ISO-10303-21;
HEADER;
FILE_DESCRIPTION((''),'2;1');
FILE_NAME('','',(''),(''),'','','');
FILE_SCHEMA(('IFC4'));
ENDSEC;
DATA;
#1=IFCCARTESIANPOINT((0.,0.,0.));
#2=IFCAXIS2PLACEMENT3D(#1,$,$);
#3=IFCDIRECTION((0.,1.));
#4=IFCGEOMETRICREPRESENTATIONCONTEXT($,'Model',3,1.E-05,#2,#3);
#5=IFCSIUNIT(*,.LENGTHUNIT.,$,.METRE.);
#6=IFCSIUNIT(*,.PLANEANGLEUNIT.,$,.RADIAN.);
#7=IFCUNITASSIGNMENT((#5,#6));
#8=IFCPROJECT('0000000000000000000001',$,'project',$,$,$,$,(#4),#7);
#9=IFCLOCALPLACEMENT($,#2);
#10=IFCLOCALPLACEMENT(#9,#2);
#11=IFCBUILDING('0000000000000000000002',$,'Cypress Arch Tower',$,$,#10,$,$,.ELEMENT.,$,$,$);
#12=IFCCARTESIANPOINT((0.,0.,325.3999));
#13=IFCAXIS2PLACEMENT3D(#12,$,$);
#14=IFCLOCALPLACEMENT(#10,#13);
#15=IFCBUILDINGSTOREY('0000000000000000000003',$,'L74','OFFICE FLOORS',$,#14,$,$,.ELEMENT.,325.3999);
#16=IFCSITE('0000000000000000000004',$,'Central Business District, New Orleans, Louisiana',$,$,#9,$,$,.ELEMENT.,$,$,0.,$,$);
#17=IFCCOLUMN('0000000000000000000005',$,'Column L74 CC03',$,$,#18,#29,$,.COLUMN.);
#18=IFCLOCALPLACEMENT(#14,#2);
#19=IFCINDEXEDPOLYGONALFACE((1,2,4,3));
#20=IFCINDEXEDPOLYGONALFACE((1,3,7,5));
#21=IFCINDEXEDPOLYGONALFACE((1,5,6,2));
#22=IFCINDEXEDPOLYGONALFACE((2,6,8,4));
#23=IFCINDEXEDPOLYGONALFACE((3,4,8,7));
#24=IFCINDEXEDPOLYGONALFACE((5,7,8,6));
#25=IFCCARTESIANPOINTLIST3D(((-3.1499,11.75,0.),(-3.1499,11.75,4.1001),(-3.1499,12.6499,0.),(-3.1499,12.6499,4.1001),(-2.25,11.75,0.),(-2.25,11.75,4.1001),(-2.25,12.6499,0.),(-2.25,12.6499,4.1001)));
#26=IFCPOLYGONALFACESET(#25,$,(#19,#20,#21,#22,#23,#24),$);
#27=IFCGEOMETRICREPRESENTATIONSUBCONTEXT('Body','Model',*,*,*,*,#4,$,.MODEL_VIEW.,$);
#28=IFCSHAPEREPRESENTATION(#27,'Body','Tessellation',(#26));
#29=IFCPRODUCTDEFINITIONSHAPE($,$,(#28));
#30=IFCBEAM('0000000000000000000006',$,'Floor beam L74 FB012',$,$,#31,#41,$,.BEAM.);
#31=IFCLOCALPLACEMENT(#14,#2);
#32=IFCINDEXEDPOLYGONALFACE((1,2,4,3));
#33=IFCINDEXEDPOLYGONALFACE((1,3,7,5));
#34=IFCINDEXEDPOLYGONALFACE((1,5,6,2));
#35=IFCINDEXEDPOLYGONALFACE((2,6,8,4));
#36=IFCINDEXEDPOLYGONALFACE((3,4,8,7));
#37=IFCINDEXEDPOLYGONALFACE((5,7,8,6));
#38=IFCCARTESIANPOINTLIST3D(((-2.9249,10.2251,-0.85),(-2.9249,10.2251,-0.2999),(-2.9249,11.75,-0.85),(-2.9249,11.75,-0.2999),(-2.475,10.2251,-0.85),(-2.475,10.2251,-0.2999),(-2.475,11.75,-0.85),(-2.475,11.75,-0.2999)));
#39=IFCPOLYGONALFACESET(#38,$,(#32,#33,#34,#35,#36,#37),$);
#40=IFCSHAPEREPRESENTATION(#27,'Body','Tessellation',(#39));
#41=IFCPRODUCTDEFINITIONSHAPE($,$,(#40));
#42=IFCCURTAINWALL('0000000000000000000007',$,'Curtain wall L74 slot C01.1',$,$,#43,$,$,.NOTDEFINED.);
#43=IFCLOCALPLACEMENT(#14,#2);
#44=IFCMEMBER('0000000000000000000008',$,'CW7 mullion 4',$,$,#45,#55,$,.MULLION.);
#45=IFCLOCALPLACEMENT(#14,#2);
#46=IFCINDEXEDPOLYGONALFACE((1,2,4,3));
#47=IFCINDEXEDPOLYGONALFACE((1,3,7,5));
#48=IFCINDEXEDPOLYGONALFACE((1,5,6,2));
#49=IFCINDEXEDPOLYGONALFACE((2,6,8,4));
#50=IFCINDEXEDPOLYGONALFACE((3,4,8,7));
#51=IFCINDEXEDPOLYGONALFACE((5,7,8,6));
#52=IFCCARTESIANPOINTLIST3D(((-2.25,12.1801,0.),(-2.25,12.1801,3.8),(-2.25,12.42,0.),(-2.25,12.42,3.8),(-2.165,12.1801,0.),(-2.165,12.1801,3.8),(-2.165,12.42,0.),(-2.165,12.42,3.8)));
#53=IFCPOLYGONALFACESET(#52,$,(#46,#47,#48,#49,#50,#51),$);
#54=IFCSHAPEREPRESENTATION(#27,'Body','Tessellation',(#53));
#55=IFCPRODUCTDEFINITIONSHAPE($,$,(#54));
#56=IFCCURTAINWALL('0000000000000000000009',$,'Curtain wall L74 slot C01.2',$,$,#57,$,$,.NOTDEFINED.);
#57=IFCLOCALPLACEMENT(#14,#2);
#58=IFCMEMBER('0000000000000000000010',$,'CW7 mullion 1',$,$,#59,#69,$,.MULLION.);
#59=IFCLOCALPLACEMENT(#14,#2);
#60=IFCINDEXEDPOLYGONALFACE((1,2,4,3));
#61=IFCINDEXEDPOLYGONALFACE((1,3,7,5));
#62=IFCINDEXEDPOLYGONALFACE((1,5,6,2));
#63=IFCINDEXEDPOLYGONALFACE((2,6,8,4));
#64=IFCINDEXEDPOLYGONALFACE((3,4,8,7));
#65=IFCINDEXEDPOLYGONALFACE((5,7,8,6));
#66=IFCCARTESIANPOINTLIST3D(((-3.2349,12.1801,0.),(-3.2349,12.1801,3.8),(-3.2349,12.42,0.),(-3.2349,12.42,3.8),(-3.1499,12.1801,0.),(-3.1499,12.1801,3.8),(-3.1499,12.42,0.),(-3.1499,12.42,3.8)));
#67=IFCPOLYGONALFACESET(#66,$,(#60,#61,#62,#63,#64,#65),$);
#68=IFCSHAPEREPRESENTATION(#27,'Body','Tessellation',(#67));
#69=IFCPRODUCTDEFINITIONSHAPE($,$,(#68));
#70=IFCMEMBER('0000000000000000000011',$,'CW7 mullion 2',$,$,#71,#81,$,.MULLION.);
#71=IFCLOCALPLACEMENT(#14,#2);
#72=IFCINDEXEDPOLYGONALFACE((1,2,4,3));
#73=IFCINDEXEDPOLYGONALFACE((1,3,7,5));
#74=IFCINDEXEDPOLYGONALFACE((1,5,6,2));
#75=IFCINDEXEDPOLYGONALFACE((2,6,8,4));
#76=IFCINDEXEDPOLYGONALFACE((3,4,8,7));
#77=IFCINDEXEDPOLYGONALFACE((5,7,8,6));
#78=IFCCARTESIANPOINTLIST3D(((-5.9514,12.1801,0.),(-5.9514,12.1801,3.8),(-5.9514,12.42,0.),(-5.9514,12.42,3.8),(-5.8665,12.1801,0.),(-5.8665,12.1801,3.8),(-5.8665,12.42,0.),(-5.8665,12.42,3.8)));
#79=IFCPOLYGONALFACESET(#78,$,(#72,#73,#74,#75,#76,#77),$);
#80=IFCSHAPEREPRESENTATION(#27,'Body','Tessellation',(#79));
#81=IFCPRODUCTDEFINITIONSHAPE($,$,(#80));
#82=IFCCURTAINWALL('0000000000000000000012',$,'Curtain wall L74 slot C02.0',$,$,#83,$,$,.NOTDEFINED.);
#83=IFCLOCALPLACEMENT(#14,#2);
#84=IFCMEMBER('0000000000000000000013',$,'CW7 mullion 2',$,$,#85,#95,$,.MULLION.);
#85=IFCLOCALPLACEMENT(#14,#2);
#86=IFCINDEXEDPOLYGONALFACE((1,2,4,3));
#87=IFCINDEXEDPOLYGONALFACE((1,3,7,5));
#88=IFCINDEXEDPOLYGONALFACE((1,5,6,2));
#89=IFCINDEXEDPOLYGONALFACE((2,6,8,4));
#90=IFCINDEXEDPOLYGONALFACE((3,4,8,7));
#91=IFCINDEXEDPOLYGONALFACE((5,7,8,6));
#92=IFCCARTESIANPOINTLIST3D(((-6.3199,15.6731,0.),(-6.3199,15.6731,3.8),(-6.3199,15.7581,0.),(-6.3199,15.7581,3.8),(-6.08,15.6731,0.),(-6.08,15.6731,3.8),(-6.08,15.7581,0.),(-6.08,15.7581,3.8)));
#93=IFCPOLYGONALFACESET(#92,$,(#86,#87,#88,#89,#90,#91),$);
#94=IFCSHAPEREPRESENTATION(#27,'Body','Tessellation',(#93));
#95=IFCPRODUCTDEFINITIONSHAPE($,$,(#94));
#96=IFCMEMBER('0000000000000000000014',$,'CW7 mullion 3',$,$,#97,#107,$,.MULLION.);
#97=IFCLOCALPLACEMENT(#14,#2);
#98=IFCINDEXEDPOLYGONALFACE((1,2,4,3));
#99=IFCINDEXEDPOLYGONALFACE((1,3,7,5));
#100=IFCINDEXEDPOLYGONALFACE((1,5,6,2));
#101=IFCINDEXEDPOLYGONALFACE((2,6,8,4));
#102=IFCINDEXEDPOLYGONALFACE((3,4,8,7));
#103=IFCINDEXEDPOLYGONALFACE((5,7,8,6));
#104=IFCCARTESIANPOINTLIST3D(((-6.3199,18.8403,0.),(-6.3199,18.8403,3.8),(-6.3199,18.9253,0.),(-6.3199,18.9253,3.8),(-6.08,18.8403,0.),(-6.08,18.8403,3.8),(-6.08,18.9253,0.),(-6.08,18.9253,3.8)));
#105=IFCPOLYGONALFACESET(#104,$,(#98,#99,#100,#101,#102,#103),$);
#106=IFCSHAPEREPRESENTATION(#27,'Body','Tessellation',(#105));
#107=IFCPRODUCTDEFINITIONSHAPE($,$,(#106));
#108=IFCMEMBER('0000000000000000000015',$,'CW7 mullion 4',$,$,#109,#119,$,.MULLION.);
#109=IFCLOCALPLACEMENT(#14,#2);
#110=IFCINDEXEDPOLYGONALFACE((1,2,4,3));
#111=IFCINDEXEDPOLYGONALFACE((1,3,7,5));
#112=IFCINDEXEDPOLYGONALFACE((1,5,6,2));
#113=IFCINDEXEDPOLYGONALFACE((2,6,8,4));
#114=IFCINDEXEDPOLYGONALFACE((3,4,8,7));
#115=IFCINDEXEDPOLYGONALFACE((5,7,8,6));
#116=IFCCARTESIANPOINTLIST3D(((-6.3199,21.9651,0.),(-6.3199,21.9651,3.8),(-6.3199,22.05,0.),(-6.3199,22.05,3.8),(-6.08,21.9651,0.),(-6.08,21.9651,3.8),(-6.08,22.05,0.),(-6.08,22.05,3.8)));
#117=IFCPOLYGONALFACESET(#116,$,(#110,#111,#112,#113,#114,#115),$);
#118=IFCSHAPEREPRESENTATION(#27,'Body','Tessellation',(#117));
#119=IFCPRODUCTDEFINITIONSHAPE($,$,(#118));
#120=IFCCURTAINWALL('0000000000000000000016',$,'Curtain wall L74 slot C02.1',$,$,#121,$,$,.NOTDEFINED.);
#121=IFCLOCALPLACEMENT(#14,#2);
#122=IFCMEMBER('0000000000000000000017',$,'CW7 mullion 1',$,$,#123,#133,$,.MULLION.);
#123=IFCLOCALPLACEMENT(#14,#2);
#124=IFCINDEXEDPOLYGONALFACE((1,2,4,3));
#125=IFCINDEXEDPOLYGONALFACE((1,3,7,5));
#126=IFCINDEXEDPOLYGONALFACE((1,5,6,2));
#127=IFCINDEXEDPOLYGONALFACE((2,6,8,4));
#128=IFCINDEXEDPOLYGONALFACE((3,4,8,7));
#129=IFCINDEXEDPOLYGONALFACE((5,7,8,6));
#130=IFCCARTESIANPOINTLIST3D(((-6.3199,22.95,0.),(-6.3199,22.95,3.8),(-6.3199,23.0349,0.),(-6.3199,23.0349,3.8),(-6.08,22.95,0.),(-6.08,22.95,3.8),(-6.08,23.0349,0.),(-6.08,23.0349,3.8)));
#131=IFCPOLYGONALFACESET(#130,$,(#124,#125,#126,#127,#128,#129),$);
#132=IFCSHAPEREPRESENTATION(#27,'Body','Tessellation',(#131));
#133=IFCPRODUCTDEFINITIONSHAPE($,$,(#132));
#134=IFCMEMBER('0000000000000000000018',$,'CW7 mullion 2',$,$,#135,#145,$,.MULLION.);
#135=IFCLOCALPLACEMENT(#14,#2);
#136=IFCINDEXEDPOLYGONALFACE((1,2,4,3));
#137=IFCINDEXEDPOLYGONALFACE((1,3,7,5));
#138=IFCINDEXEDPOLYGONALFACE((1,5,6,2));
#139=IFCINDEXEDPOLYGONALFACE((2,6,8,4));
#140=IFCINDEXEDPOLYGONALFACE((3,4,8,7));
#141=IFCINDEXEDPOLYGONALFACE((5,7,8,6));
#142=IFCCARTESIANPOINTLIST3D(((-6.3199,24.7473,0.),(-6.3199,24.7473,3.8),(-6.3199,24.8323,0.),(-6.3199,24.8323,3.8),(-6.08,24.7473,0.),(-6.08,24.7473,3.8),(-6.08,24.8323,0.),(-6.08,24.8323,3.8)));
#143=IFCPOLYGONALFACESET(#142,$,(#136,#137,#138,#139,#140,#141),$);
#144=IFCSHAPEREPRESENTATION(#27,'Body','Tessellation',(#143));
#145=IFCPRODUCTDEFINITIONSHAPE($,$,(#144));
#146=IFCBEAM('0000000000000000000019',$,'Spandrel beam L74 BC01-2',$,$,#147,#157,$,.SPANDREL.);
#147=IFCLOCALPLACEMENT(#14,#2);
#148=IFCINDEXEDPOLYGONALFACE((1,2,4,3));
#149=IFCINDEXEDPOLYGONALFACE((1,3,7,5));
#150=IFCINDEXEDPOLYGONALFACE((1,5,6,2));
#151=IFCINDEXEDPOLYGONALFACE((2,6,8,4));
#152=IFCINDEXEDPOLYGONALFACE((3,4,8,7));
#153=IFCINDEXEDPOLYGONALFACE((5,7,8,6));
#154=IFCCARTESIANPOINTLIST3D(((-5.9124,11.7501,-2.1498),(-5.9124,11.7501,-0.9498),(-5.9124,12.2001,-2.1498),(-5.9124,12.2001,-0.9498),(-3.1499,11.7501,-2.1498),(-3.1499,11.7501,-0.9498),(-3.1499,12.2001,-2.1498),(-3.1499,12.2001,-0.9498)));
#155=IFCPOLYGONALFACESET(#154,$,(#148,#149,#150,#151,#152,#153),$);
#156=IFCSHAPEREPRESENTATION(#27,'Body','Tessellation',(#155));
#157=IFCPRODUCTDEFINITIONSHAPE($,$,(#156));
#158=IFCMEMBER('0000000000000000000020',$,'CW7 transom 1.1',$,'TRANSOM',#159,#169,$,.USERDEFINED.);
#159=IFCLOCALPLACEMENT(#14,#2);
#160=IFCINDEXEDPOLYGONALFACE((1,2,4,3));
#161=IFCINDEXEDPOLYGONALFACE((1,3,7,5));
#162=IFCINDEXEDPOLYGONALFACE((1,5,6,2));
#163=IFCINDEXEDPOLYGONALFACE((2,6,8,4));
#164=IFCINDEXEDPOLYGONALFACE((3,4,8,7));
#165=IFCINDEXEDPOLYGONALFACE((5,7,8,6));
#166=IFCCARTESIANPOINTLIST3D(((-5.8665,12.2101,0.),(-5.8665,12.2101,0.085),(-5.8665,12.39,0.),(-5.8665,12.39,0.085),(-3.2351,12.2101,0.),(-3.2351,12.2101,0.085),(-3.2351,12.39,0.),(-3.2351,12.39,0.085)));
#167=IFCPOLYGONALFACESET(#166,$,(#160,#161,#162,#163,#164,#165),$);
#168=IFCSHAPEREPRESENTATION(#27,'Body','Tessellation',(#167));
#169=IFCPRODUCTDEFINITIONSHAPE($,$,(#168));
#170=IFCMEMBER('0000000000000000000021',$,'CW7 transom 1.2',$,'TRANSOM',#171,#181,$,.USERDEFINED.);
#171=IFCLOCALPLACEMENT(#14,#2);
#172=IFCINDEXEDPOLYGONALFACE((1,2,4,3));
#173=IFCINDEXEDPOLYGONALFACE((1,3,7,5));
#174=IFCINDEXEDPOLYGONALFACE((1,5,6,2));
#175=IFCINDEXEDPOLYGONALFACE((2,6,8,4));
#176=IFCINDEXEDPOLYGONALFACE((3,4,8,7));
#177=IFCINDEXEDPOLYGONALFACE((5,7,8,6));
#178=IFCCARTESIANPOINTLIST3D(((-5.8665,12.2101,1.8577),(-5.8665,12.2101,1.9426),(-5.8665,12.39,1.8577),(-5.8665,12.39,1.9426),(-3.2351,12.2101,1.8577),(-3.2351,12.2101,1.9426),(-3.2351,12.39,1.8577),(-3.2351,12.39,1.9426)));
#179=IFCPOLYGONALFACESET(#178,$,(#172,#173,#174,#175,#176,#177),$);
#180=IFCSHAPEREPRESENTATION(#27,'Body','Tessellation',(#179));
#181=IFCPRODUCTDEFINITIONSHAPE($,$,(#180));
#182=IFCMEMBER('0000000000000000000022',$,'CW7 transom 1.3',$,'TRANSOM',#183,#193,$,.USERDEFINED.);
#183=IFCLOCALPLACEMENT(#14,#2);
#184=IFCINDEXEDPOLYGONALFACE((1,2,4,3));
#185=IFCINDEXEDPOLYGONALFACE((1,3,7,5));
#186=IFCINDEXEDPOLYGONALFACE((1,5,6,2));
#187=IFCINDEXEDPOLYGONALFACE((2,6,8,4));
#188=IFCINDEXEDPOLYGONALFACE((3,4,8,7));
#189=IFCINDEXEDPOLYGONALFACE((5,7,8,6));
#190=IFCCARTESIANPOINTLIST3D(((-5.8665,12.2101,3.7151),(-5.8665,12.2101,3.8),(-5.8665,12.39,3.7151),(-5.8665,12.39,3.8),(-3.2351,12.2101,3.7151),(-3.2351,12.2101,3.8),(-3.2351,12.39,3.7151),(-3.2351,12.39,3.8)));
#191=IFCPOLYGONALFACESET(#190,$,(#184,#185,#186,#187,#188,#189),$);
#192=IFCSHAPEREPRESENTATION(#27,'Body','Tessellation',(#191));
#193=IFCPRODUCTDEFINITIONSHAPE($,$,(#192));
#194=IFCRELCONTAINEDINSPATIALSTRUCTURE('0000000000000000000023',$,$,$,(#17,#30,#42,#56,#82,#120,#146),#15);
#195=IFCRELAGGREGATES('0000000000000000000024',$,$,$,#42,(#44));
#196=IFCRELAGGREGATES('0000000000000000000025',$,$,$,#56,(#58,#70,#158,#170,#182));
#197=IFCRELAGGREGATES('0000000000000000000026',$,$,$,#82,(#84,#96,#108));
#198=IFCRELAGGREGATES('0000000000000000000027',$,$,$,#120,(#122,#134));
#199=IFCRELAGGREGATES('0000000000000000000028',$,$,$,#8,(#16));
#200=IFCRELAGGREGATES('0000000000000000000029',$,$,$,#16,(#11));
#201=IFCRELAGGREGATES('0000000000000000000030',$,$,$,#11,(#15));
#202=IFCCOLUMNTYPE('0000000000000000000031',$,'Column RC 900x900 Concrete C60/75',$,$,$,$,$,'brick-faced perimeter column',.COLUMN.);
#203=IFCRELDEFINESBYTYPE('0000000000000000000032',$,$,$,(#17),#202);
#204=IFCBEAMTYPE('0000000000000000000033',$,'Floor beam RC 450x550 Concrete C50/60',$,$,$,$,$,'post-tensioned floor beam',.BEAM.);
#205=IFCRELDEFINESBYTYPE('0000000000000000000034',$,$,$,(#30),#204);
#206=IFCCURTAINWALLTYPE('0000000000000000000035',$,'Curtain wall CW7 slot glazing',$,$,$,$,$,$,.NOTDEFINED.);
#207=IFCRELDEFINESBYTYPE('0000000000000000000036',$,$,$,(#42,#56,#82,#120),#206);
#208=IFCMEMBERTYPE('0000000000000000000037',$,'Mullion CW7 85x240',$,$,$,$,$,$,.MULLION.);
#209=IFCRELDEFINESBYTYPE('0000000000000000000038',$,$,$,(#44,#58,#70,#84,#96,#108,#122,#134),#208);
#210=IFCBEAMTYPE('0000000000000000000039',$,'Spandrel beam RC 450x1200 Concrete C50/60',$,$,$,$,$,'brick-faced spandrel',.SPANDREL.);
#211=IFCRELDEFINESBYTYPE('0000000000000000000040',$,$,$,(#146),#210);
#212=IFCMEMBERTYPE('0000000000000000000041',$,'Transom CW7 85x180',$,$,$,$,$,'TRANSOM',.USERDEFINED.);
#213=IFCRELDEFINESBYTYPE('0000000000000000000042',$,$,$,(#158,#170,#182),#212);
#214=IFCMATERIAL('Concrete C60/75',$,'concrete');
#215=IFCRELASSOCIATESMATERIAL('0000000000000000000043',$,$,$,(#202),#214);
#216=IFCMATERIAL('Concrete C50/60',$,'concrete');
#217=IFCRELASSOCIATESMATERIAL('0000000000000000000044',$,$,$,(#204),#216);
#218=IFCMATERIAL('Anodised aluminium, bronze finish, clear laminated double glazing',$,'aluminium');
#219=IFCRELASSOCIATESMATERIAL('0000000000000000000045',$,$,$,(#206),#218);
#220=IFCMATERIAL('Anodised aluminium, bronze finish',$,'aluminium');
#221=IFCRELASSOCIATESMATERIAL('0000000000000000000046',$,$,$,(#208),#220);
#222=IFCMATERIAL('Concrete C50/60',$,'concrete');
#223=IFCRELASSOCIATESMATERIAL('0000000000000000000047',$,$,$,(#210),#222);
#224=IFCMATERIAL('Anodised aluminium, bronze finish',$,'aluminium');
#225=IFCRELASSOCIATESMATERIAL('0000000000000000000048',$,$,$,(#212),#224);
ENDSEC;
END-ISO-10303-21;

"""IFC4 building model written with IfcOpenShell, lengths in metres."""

from ifc_helpers import new_model, si_unit, direction, frame, origin, origin_2d, place, context, subcontext, project, spatial, rectangle, extrude, material, material_profile, profile_set, type_object, element, aggregate, save


model = new_model("IFC4")

# Units and contexts
model_context = context("Model", 3, precision=1e-05, world=origin(), true_north=direction((0.0, 1.0)))
body_context = subcontext(model_context, "Body", "Model", "MODEL_VIEW")
ifc_project = project(units=[si_unit("LENGTHUNIT", "METRE"), si_unit("PLANEANGLEUNIT", "RADIAN")], contexts=[model_context])

# Site, building, storey
site_placement = place(None, origin())
site = spatial("IfcSite", under=ifc_project, at=site_placement, Name="Central Business District, New Orleans, Louisiana", CompositionType="ELEMENT", RefElevation=0.0)
building_placement = place(site_placement, origin())
building = spatial("IfcBuilding", under=site, at=building_placement, Name="Cypress Arch Tower", CompositionType="ELEMENT")
storey_placement = place(building_placement, frame((0.0, 0.0, 325.3999)))
storey = spatial("IfcBuildingStorey", under=building, at=storey_placement, Name="L74", Description="OFFICE FLOORS", CompositionType="ELEMENT", Elevation=325.3999)

# Column
ifc_material_1 = material(Name="Concrete C60/75", Category="concrete")
ifc_material_profile_1 = material_profile(ifc_material_1, rectangle(XDim=0.8999, YDim=0.8999, at=origin_2d()), Name="RC 900x900")
ifc_profile_set_1 = profile_set([ifc_material_profile_1], Name="Concrete C60/75")
column_type = type_object("IfcColumnType", Name="Column RC 900x900 Concrete C60/75", ElementType="brick-faced perimeter column", PredefinedType="COLUMN", material=ifc_profile_set_1)
column_placement = place(storey_placement, frame((-2.7, 12.2, 0.0), z_axis=(0.0, 0.0, 1.0), x_axis=(-1.0, 0.0, 0.0)))
element("IfcColumn", 1, at=column_placement, inside=storey, type_object=column_type, Name="Column L74 CC03", PredefinedType="COLUMN", context=body_context, shape_type="SweptSolid", body=[
    extrude(rectangle(XDim=0.8999, YDim=0.8999, at=origin_2d()), origin(), (0.0, 0.0, 1.0), 4.1001),
])

# Beam
ifc_material_2 = material(Name="Concrete C50/60", Category="concrete")
ifc_material_profile_2 = material_profile(ifc_material_2, rectangle(XDim=0.45, YDim=0.55, at=origin_2d()), Name="RC 450x550")
ifc_profile_set_2 = profile_set([ifc_material_profile_2], Name="Concrete C50/60")
beam_type_1 = type_object("IfcBeamType", Name="Floor beam RC 450x550 Concrete C50/60", ElementType="post-tensioned floor beam", PredefinedType="BEAM", material=ifc_profile_set_2)
beam_1_placement = place(storey_placement, frame((-2.7, 10.2251, -0.575), z_axis=(0.0, 1.0, 0.0), x_axis=(-1.0, 0.0, 0.0)))
element("IfcBeam", 2, at=beam_1_placement, inside=storey, type_object=beam_type_1, Name="Floor beam L74 FB012", PredefinedType="BEAM", context=body_context, shape_type="SweptSolid", body=[
    extrude(rectangle(XDim=0.45, YDim=0.55, at=origin_2d()), origin(), (0.0, 0.0, 1.0), 1.5249),
])

# Curtain wall, member
ifc_material_3 = material(Name="Anodised aluminium, bronze finish, clear laminated double glazing", Category="aluminium")
curtain_wall_type = type_object("IfcCurtainWallType", Name="Curtain wall CW7 slot glazing", PredefinedType="NOTDEFINED", material=ifc_material_3)
curtain_wall_1_placement = place(storey_placement, origin())
curtain_wall_1 = element("IfcCurtainWall", 3, at=curtain_wall_1_placement, inside=storey, type_object=curtain_wall_type, Name="Curtain wall L74 slot C01.1", PredefinedType="NOTDEFINED")
ifc_material_4 = material(Name="Anodised aluminium, bronze finish", Category="aluminium")
ifc_material_profile_3 = material_profile(ifc_material_4, rectangle(XDim=0.24, YDim=0.085, at=origin_2d()), Name="Mullion 85x240")
ifc_profile_set_3 = profile_set([ifc_material_profile_3], Name="Anodised aluminium, bronze finish")
member_type_1 = type_object("IfcMemberType", Name="Mullion CW7 85x240", PredefinedType="MULLION", material=ifc_profile_set_3)
member_1_placement = place(storey_placement, frame((-2.2075, 12.3, 0.0), z_axis=(0.0, 0.0, 1.0), x_axis=(0.0, -1.0, 0.0)))
member_1 = element("IfcMember", 4, at=member_1_placement, type_object=member_type_1, Name="CW7 mullion 4", PredefinedType="MULLION", context=body_context, shape_type="SweptSolid", body=[
    extrude(rectangle(XDim=0.24, YDim=0.085, at=origin_2d()), origin(), (0.0, 0.0, 1.0), 3.8),
])

# Curtain walls, members
curtain_wall_2_placement = place(storey_placement, origin())
curtain_wall_2 = element("IfcCurtainWall", 5, at=curtain_wall_2_placement, inside=storey, type_object=curtain_wall_type, Name="Curtain wall L74 slot C01.2", PredefinedType="NOTDEFINED")
member_2_placement = place(storey_placement, frame((-3.1924, 12.3, 0.0), z_axis=(0.0, 0.0, 1.0), x_axis=(0.0, -1.0, 0.0)))
member_2 = element("IfcMember", 6, at=member_2_placement, type_object=member_type_1, Name="CW7 mullion 1", PredefinedType="MULLION", context=body_context, shape_type="SweptSolid", body=[
    extrude(rectangle(XDim=0.24, YDim=0.085, at=origin_2d()), origin(), (0.0, 0.0, 1.0), 3.8),
])
member_3_placement = place(storey_placement, frame((-5.9089, 12.3, 0.0), z_axis=(0.0, 0.0, 1.0), x_axis=(0.0, -1.0, 0.0)))
member_3 = element("IfcMember", 7, at=member_3_placement, type_object=member_type_1, Name="CW7 mullion 2", PredefinedType="MULLION", context=body_context, shape_type="SweptSolid", body=[
    extrude(rectangle(XDim=0.24, YDim=0.085, at=origin_2d()), origin(), (0.0, 0.0, 1.0), 3.8),
])
curtain_wall_3_placement = place(storey_placement, origin())
curtain_wall_3 = element("IfcCurtainWall", 8, at=curtain_wall_3_placement, inside=storey, type_object=curtain_wall_type, Name="Curtain wall L74 slot C02.0", PredefinedType="NOTDEFINED")
member_4_placement = place(storey_placement, frame((-6.2, 15.7156, 0.0), z_axis=(0.0, 0.0, 1.0), x_axis=(-1.0, 0.0, 0.0)))
member_4 = element("IfcMember", 9, at=member_4_placement, type_object=member_type_1, Name="CW7 mullion 2", PredefinedType="MULLION", context=body_context, shape_type="SweptSolid", body=[
    extrude(rectangle(XDim=0.24, YDim=0.085, at=origin_2d()), origin(), (0.0, 0.0, 1.0), 3.8),
])
member_5_placement = place(storey_placement, frame((-6.2, 18.8828, 0.0), z_axis=(0.0, 0.0, 1.0), x_axis=(-1.0, 0.0, 0.0)))
member_5 = element("IfcMember", 10, at=member_5_placement, type_object=member_type_1, Name="CW7 mullion 3", PredefinedType="MULLION", context=body_context, shape_type="SweptSolid", body=[
    extrude(rectangle(XDim=0.24, YDim=0.085, at=origin_2d()), origin(), (0.0, 0.0, 1.0), 3.8),
])
member_6_placement = place(storey_placement, frame((-6.2, 22.0076, 0.0), z_axis=(0.0, 0.0, 1.0), x_axis=(-1.0, 0.0, 0.0)))
member_6 = element("IfcMember", 11, at=member_6_placement, type_object=member_type_1, Name="CW7 mullion 4", PredefinedType="MULLION", context=body_context, shape_type="SweptSolid", body=[
    extrude(rectangle(XDim=0.24, YDim=0.085, at=origin_2d()), origin(), (0.0, 0.0, 1.0), 3.8),
])
curtain_wall_4_placement = place(storey_placement, origin())
curtain_wall_4 = element("IfcCurtainWall", 12, at=curtain_wall_4_placement, inside=storey, type_object=curtain_wall_type, Name="Curtain wall L74 slot C02.1", PredefinedType="NOTDEFINED")
member_7_placement = place(storey_placement, frame((-6.2, 22.9924, 0.0), z_axis=(0.0, 0.0, 1.0), x_axis=(-1.0, 0.0, 0.0)))
member_7 = element("IfcMember", 13, at=member_7_placement, type_object=member_type_1, Name="CW7 mullion 1", PredefinedType="MULLION", context=body_context, shape_type="SweptSolid", body=[
    extrude(rectangle(XDim=0.24, YDim=0.085, at=origin_2d()), origin(), (0.0, 0.0, 1.0), 3.8),
])
member_8_placement = place(storey_placement, frame((-6.2, 24.7898, 0.0), z_axis=(0.0, 0.0, 1.0), x_axis=(-1.0, 0.0, 0.0)))
member_8 = element("IfcMember", 14, at=member_8_placement, type_object=member_type_1, Name="CW7 mullion 2", PredefinedType="MULLION", context=body_context, shape_type="SweptSolid", body=[
    extrude(rectangle(XDim=0.24, YDim=0.085, at=origin_2d()), origin(), (0.0, 0.0, 1.0), 3.8),
])

# Beam
ifc_material_5 = material(Name="Concrete C50/60", Category="concrete")
ifc_material_profile_4 = material_profile(ifc_material_5, rectangle(XDim=0.45, YDim=1.2, at=origin_2d()), Name="RC 450x1200")
ifc_profile_set_4 = profile_set([ifc_material_profile_4], Name="Concrete C50/60")
beam_type_2 = type_object("IfcBeamType", Name="Spandrel beam RC 450x1200 Concrete C50/60", ElementType="brick-faced spandrel", PredefinedType="SPANDREL", material=ifc_profile_set_4)
beam_2_placement = place(storey_placement, frame((-3.1499, 11.9751, -1.5498), z_axis=(-1.0, 0.0, 0.0), x_axis=(0.0, -1.0, 0.0)))
element("IfcBeam", 15, at=beam_2_placement, inside=storey, type_object=beam_type_2, Name="Spandrel beam L74 BC01-2", PredefinedType="SPANDREL", context=body_context, shape_type="SweptSolid", body=[
    extrude(rectangle(XDim=0.45, YDim=1.2, at=origin_2d()), origin(), (0.0, 0.0, 1.0), 2.7625),
])

# Members
ifc_material_6 = material(Name="Anodised aluminium, bronze finish", Category="aluminium")
ifc_material_profile_5 = material_profile(ifc_material_6, rectangle(XDim=0.1799, YDim=0.085, at=origin_2d()), Name="Transom 85x180")
ifc_profile_set_5 = profile_set([ifc_material_profile_5], Name="Anodised aluminium, bronze finish")
member_type_2 = type_object("IfcMemberType", Name="Transom CW7 85x180", ElementType="TRANSOM", PredefinedType="USERDEFINED", material=ifc_profile_set_5)
member_9_placement = place(storey_placement, frame((-3.2351, 12.3, 0.0425), z_axis=(-1.0, 0.0, 0.0), x_axis=(0.0, -1.0, 0.0)))
member_9 = element("IfcMember", 16, at=member_9_placement, type_object=member_type_2, Name="CW7 transom 1.1", ObjectType="TRANSOM", PredefinedType="USERDEFINED", context=body_context, shape_type="SweptSolid", body=[
    extrude(rectangle(XDim=0.1799, YDim=0.085, at=origin_2d()), origin(), (0.0, 0.0, 1.0), 2.6313),
])
member_10_placement = place(storey_placement, frame((-3.2351, 12.3, 1.9001), z_axis=(-1.0, 0.0, 0.0), x_axis=(0.0, -1.0, 0.0)))
member_10 = element("IfcMember", 17, at=member_10_placement, type_object=member_type_2, Name="CW7 transom 1.2", ObjectType="TRANSOM", PredefinedType="USERDEFINED", context=body_context, shape_type="SweptSolid", body=[
    extrude(rectangle(XDim=0.1799, YDim=0.085, at=origin_2d()), origin(), (0.0, 0.0, 1.0), 2.6313),
])
member_11_placement = place(storey_placement, frame((-3.2351, 12.3, 3.7576), z_axis=(-1.0, 0.0, 0.0), x_axis=(0.0, -1.0, 0.0)))
member_11 = element("IfcMember", 18, at=member_11_placement, type_object=member_type_2, Name="CW7 transom 1.3", ObjectType="TRANSOM", PredefinedType="USERDEFINED", context=body_context, shape_type="SweptSolid", body=[
    extrude(rectangle(XDim=0.1799, YDim=0.085, at=origin_2d()), origin(), (0.0, 0.0, 1.0), 2.6313),
])

aggregate(curtain_wall_1, [member_1])
aggregate(curtain_wall_2, [member_2, member_3, member_9, member_10, member_11])
aggregate(curtain_wall_3, [member_4, member_5, member_6])
aggregate(curtain_wall_4, [member_7, member_8])

save(model, "model.ifc")
